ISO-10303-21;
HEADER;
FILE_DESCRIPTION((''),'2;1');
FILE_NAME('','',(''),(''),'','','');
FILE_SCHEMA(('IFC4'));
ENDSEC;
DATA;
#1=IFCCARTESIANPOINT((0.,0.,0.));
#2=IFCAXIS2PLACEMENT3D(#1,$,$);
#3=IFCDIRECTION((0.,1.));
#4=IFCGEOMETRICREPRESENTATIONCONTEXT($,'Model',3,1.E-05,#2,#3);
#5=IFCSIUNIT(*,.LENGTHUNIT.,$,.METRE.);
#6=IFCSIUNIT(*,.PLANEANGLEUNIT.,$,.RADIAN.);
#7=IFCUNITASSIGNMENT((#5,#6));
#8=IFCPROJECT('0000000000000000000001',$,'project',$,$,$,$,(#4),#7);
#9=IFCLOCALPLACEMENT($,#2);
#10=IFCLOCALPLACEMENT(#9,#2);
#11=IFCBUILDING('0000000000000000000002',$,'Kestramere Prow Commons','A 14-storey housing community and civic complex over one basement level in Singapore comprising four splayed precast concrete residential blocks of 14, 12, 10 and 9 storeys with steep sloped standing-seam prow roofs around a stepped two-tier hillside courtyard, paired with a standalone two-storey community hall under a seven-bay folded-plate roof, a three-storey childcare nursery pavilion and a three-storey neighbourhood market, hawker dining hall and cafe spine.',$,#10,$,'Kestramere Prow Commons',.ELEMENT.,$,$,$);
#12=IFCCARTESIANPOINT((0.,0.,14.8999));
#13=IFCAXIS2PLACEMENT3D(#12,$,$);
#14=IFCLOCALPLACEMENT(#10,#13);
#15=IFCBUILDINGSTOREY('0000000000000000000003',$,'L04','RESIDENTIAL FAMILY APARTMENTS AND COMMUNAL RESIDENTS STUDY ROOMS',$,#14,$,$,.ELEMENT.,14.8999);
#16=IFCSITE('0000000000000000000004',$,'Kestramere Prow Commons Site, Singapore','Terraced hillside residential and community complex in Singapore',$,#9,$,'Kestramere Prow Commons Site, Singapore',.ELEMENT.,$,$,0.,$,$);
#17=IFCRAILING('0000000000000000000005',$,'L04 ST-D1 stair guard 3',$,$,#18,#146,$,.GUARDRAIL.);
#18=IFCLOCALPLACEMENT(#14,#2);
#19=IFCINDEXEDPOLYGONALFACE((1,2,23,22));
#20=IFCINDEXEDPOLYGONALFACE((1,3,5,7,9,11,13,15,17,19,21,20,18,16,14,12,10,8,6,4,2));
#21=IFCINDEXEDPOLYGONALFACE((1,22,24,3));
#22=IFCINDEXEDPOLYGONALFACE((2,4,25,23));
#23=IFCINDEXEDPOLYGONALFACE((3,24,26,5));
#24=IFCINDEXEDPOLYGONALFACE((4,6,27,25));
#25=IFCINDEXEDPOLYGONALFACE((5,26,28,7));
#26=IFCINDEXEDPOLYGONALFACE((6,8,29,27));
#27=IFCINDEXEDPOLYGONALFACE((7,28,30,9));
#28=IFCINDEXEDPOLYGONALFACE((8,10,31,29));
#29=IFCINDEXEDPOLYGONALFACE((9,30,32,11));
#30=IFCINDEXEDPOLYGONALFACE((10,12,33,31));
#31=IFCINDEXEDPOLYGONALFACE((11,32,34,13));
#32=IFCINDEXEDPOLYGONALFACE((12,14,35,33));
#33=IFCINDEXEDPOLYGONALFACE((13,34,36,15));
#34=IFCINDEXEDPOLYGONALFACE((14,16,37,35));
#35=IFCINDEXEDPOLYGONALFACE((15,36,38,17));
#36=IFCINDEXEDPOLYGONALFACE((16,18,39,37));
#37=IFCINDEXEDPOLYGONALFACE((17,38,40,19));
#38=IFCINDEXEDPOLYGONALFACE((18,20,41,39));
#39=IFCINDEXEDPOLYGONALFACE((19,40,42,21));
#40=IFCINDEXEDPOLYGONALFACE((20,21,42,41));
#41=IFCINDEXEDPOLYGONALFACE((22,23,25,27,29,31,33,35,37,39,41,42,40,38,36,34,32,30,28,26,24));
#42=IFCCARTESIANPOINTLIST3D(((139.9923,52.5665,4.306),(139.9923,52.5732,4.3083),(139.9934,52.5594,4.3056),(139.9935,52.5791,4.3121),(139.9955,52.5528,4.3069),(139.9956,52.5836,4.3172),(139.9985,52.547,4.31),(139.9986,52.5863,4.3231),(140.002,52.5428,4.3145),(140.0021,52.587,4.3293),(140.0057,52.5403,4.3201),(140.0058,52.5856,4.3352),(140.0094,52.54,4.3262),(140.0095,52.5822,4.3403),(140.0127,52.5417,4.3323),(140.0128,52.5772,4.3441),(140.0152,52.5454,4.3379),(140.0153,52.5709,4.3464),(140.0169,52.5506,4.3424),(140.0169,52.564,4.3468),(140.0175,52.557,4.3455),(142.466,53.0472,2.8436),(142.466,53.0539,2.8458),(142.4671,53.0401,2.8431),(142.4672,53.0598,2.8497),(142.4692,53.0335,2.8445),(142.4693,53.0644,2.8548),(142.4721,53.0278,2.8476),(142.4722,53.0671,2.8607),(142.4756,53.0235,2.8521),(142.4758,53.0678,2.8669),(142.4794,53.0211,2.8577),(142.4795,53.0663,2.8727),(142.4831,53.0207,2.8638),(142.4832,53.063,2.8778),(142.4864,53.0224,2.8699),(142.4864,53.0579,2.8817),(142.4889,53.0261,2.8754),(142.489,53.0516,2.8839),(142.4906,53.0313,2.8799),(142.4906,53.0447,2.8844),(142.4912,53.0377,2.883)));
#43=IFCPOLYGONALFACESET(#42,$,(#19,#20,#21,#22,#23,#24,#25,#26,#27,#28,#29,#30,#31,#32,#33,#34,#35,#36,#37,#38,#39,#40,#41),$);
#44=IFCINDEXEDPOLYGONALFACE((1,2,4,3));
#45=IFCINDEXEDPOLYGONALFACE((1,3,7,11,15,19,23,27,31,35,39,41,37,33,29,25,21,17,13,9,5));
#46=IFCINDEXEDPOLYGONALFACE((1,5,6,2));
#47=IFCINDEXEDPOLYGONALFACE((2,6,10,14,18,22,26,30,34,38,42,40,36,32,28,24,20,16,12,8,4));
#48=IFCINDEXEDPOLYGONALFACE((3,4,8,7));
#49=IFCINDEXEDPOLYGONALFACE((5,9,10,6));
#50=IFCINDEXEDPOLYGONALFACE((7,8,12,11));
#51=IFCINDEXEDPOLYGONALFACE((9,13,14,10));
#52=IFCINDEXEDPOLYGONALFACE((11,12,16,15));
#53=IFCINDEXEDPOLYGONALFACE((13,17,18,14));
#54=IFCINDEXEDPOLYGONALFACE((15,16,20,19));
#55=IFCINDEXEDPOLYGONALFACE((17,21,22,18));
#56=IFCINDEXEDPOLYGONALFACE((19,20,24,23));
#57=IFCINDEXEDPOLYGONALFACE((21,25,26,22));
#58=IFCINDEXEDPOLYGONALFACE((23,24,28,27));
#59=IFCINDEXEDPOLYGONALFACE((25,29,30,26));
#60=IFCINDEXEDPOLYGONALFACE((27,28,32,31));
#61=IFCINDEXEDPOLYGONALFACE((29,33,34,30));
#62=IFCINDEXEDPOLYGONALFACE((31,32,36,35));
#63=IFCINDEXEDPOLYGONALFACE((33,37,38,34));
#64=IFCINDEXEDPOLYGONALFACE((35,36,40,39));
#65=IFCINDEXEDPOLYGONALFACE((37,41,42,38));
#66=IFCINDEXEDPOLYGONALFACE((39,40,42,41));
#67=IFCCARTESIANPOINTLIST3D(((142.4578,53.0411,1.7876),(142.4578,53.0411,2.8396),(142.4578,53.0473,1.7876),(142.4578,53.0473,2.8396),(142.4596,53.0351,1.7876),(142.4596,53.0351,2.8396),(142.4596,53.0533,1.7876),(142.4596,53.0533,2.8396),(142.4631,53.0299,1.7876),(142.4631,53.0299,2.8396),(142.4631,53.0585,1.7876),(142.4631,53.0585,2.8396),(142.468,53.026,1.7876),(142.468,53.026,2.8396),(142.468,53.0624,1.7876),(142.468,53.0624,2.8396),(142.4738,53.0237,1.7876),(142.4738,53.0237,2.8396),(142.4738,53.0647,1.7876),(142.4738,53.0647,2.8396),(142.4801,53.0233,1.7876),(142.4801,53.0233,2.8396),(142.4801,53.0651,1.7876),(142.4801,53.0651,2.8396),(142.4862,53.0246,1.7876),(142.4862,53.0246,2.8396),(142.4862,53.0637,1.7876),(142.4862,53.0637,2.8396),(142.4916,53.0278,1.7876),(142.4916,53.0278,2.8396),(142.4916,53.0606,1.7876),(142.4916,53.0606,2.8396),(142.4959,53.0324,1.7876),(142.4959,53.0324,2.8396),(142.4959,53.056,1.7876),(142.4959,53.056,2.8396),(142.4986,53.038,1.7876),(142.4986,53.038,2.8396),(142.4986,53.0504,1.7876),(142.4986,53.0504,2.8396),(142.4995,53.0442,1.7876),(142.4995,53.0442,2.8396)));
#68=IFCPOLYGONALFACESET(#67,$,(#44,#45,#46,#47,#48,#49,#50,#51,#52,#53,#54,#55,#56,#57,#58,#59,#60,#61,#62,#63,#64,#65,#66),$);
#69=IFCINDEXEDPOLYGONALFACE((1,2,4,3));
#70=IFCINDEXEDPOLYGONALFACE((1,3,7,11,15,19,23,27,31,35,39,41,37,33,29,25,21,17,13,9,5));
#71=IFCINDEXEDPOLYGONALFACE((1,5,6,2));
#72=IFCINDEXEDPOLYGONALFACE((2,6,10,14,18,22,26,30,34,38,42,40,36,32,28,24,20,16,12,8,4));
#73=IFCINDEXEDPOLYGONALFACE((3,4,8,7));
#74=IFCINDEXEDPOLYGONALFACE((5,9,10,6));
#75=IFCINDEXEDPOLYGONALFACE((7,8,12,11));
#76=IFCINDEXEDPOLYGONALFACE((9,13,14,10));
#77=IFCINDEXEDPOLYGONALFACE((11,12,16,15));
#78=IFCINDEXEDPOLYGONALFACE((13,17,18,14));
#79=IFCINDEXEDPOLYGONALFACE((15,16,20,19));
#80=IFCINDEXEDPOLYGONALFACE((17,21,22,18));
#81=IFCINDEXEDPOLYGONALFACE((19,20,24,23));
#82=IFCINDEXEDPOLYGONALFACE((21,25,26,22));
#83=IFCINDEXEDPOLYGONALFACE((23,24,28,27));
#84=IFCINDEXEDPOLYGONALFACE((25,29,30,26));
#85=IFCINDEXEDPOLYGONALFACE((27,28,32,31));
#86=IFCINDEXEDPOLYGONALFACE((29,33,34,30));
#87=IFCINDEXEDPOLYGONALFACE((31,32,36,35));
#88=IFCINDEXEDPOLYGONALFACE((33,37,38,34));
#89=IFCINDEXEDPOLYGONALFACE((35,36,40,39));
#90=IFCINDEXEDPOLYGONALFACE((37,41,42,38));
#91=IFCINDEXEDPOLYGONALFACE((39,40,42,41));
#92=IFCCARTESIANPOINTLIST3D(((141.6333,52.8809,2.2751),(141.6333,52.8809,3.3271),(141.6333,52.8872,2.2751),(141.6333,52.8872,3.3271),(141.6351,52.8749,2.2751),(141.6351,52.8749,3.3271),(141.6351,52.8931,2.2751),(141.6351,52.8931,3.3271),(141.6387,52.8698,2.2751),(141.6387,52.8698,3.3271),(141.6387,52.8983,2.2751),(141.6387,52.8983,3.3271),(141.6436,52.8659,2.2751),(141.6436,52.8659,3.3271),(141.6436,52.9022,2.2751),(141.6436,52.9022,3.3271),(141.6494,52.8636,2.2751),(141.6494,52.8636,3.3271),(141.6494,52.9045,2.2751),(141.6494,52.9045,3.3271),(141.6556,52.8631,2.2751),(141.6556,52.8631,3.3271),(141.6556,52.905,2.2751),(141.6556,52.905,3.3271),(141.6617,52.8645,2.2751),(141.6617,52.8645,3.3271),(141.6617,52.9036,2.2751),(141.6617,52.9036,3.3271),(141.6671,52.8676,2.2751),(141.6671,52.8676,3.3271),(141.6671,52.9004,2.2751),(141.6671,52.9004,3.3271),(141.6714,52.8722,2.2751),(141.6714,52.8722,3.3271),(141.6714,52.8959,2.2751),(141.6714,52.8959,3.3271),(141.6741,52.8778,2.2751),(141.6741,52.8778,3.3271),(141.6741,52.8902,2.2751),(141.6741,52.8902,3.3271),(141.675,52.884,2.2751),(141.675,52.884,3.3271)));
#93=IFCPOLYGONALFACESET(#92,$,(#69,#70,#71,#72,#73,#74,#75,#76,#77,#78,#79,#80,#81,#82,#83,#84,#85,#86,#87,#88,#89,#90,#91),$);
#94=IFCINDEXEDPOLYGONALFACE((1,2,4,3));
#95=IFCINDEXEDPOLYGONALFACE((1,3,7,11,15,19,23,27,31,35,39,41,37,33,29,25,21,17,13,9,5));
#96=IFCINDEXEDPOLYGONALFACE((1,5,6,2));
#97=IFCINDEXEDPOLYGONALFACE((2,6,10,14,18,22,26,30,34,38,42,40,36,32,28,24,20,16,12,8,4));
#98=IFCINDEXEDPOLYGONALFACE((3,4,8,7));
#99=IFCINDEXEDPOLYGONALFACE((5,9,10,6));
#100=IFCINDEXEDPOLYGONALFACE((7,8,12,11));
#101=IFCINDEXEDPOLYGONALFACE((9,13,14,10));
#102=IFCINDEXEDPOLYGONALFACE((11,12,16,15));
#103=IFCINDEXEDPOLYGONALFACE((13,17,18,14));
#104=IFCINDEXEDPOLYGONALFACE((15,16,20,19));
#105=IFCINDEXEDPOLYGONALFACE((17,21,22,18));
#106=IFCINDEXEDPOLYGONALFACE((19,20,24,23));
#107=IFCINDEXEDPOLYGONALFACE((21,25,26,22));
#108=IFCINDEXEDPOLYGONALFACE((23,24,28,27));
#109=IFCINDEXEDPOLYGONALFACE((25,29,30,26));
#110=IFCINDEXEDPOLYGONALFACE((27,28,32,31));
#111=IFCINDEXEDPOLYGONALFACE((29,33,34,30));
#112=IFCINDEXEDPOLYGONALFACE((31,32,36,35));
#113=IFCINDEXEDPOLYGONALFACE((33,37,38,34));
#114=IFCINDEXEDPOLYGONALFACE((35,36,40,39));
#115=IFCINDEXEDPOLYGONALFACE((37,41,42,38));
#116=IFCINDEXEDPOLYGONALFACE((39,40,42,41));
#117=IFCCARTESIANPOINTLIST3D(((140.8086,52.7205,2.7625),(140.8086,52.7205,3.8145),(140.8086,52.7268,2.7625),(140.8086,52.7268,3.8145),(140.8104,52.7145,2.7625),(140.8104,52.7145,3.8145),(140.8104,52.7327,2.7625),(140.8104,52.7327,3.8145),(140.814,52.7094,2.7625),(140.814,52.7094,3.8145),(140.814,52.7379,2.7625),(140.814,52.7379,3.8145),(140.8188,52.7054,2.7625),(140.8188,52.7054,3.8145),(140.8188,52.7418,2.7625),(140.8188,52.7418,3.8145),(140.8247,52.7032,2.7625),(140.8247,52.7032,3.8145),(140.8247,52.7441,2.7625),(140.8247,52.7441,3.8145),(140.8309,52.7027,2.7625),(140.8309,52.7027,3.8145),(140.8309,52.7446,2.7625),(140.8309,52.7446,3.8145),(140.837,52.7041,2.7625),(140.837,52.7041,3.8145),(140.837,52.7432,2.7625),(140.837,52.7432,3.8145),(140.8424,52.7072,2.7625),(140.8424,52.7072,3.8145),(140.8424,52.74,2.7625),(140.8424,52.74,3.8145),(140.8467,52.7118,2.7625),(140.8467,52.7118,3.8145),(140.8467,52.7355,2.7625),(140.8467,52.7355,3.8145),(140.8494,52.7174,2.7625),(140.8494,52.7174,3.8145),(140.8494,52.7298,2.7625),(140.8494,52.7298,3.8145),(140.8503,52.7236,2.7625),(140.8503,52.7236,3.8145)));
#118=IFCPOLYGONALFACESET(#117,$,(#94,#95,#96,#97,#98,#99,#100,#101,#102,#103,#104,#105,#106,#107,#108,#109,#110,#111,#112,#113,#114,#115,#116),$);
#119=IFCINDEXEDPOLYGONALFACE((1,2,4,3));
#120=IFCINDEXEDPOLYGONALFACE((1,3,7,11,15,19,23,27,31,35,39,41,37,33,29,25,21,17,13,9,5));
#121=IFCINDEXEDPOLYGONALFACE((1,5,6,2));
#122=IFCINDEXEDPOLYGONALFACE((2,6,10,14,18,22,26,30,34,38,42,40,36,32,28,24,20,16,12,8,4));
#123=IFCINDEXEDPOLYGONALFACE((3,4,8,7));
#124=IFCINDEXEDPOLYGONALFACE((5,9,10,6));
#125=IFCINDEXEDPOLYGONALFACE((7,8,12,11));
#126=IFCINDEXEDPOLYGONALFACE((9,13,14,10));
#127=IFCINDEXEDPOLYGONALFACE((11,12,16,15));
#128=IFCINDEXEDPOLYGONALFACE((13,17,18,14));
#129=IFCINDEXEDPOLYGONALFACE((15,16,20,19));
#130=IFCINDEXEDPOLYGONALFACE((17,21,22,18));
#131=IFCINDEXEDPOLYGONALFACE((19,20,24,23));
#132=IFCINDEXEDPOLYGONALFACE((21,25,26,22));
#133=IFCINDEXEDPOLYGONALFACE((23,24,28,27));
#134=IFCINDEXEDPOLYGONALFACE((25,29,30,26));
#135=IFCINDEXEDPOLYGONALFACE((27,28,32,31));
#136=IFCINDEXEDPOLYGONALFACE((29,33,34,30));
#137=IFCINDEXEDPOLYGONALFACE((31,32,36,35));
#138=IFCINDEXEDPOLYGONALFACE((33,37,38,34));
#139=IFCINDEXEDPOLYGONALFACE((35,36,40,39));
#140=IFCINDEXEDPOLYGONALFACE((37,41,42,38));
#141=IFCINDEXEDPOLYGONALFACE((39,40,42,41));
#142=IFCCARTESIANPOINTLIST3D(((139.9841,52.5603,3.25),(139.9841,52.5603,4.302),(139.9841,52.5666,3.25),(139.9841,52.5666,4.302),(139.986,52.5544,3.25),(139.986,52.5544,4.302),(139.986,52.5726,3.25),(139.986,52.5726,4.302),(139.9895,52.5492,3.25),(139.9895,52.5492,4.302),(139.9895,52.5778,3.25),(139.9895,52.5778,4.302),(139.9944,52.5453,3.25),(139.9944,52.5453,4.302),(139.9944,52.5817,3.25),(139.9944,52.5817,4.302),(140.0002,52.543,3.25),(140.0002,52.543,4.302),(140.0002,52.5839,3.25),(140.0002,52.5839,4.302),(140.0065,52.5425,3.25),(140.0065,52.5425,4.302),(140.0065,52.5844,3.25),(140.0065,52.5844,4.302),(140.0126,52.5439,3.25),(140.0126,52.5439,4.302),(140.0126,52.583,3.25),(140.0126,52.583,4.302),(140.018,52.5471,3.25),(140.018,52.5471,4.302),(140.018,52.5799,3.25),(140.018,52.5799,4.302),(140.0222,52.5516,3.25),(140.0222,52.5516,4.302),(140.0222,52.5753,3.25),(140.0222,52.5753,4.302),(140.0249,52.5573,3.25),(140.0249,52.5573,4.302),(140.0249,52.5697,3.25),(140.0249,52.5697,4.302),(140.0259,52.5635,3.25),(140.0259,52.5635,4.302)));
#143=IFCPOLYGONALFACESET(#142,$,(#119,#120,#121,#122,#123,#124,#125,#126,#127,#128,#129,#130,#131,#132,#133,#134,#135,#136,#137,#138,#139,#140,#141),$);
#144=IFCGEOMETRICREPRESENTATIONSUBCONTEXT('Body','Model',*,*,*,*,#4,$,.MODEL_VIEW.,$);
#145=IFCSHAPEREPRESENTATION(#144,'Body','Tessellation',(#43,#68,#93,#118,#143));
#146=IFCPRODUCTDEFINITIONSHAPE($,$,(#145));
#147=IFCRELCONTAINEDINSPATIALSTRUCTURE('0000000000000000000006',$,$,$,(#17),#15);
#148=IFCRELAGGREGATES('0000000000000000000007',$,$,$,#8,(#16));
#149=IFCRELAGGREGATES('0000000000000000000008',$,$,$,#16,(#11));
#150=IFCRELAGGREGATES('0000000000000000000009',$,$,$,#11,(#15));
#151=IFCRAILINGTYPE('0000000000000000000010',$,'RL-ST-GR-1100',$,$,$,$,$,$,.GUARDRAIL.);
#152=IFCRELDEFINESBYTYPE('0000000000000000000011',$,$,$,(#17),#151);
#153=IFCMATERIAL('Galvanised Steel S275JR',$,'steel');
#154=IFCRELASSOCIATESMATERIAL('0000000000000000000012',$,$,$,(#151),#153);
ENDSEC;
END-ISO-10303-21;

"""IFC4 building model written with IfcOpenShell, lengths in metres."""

from ifc_helpers import new_model, si_unit, direction, frame, origin, origin_2d, place, context, subcontext, project, spatial, circle, extrude, material, type_object, element, save


model = new_model("IFC4")

# Units and contexts
model_context = context("Model", 3, precision=1e-05, world=origin(), true_north=direction((0.0, 1.0)))
body_context = subcontext(model_context, "Body", "Model", "MODEL_VIEW")
ifc_project = project(units=[si_unit("LENGTHUNIT", "METRE"), si_unit("PLANEANGLEUNIT", "RADIAN")], contexts=[model_context])

# Site, building, storey
site_placement = place(None, origin())
site = spatial("IfcSite", under=ifc_project, at=site_placement, Name="Kestramere Prow Commons Site, Singapore", Description="Terraced hillside residential and community complex in Singapore", LongName="Kestramere Prow Commons Site, Singapore", CompositionType="ELEMENT", RefElevation=0.0)
building_placement = place(site_placement, origin())
building = spatial("IfcBuilding", under=site, at=building_placement, Name="Kestramere Prow Commons", Description="A 14-storey housing community and civic complex over one basement level in Singapore comprising four splayed precast concrete residential blocks of 14, 12, 10 and 9 storeys with steep sloped standing-seam prow roofs around a stepped two-tier hillside courtyard, paired with a standalone two-storey community hall under a seven-bay folded-plate roof, a three-storey childcare nursery pavilion and a three-storey neighbourhood market, hawker dining hall and cafe spine.", LongName="Kestramere Prow Commons", CompositionType="ELEMENT")
storey_placement = place(building_placement, frame((0.0, 0.0, 14.8999)))
storey = spatial("IfcBuildingStorey", under=building, at=storey_placement, Name="L04", Description="RESIDENTIAL FAMILY APARTMENTS AND COMMUNAL RESIDENTS STUDY ROOMS", CompositionType="ELEMENT", Elevation=14.8999)

# Railing
ifc_material_1 = material(Name="Galvanised Steel S275JR", Category="steel")
railing_type_1 = type_object("IfcRailingType", Name="RL-ST-GR-1100", PredefinedType="GUARDRAIL", material=ifc_material_1)
railing_1_placement = place(storey_placement, frame((142.4785, 53.0442, 1.7876)))
element("IfcRailing", 1, at=railing_1_placement, inside=storey, type_object=railing_type_1, Name="L04 ST-D1 stair guard 3", PredefinedType="GUARDRAIL", context=body_context, shape_type="SweptSolid", body=[
    extrude(circle(Radius=0.0239, at=origin_2d()), frame((0.0, 0.0, 1.0762), z_axis=(-0.84902, -0.164994, 0.501938), x_axis=(0.190766, -0.981636, 0.0)), (0.0, 0.0, 1.0), 2.9136),
    extrude(circle(Radius=0.021, at=origin_2d()), origin(), (0.0, 0.0, 1.0), 1.052),
    extrude(circle(Radius=0.021, at=origin_2d()), frame((-0.8245, -0.1602, 0.4875)), (0.0, 0.0, 1.0), 1.052),
    extrude(circle(Radius=0.021, at=origin_2d()), frame((-1.6492, -0.3206, 0.9749)), (0.0, 0.0, 1.0), 1.052),
    extrude(circle(Radius=0.021, at=origin_2d()), frame((-2.4736, -0.4807, 1.4624)), (0.0, 0.0, 1.0), 1.052),
])

save(model, "model.ifc")
